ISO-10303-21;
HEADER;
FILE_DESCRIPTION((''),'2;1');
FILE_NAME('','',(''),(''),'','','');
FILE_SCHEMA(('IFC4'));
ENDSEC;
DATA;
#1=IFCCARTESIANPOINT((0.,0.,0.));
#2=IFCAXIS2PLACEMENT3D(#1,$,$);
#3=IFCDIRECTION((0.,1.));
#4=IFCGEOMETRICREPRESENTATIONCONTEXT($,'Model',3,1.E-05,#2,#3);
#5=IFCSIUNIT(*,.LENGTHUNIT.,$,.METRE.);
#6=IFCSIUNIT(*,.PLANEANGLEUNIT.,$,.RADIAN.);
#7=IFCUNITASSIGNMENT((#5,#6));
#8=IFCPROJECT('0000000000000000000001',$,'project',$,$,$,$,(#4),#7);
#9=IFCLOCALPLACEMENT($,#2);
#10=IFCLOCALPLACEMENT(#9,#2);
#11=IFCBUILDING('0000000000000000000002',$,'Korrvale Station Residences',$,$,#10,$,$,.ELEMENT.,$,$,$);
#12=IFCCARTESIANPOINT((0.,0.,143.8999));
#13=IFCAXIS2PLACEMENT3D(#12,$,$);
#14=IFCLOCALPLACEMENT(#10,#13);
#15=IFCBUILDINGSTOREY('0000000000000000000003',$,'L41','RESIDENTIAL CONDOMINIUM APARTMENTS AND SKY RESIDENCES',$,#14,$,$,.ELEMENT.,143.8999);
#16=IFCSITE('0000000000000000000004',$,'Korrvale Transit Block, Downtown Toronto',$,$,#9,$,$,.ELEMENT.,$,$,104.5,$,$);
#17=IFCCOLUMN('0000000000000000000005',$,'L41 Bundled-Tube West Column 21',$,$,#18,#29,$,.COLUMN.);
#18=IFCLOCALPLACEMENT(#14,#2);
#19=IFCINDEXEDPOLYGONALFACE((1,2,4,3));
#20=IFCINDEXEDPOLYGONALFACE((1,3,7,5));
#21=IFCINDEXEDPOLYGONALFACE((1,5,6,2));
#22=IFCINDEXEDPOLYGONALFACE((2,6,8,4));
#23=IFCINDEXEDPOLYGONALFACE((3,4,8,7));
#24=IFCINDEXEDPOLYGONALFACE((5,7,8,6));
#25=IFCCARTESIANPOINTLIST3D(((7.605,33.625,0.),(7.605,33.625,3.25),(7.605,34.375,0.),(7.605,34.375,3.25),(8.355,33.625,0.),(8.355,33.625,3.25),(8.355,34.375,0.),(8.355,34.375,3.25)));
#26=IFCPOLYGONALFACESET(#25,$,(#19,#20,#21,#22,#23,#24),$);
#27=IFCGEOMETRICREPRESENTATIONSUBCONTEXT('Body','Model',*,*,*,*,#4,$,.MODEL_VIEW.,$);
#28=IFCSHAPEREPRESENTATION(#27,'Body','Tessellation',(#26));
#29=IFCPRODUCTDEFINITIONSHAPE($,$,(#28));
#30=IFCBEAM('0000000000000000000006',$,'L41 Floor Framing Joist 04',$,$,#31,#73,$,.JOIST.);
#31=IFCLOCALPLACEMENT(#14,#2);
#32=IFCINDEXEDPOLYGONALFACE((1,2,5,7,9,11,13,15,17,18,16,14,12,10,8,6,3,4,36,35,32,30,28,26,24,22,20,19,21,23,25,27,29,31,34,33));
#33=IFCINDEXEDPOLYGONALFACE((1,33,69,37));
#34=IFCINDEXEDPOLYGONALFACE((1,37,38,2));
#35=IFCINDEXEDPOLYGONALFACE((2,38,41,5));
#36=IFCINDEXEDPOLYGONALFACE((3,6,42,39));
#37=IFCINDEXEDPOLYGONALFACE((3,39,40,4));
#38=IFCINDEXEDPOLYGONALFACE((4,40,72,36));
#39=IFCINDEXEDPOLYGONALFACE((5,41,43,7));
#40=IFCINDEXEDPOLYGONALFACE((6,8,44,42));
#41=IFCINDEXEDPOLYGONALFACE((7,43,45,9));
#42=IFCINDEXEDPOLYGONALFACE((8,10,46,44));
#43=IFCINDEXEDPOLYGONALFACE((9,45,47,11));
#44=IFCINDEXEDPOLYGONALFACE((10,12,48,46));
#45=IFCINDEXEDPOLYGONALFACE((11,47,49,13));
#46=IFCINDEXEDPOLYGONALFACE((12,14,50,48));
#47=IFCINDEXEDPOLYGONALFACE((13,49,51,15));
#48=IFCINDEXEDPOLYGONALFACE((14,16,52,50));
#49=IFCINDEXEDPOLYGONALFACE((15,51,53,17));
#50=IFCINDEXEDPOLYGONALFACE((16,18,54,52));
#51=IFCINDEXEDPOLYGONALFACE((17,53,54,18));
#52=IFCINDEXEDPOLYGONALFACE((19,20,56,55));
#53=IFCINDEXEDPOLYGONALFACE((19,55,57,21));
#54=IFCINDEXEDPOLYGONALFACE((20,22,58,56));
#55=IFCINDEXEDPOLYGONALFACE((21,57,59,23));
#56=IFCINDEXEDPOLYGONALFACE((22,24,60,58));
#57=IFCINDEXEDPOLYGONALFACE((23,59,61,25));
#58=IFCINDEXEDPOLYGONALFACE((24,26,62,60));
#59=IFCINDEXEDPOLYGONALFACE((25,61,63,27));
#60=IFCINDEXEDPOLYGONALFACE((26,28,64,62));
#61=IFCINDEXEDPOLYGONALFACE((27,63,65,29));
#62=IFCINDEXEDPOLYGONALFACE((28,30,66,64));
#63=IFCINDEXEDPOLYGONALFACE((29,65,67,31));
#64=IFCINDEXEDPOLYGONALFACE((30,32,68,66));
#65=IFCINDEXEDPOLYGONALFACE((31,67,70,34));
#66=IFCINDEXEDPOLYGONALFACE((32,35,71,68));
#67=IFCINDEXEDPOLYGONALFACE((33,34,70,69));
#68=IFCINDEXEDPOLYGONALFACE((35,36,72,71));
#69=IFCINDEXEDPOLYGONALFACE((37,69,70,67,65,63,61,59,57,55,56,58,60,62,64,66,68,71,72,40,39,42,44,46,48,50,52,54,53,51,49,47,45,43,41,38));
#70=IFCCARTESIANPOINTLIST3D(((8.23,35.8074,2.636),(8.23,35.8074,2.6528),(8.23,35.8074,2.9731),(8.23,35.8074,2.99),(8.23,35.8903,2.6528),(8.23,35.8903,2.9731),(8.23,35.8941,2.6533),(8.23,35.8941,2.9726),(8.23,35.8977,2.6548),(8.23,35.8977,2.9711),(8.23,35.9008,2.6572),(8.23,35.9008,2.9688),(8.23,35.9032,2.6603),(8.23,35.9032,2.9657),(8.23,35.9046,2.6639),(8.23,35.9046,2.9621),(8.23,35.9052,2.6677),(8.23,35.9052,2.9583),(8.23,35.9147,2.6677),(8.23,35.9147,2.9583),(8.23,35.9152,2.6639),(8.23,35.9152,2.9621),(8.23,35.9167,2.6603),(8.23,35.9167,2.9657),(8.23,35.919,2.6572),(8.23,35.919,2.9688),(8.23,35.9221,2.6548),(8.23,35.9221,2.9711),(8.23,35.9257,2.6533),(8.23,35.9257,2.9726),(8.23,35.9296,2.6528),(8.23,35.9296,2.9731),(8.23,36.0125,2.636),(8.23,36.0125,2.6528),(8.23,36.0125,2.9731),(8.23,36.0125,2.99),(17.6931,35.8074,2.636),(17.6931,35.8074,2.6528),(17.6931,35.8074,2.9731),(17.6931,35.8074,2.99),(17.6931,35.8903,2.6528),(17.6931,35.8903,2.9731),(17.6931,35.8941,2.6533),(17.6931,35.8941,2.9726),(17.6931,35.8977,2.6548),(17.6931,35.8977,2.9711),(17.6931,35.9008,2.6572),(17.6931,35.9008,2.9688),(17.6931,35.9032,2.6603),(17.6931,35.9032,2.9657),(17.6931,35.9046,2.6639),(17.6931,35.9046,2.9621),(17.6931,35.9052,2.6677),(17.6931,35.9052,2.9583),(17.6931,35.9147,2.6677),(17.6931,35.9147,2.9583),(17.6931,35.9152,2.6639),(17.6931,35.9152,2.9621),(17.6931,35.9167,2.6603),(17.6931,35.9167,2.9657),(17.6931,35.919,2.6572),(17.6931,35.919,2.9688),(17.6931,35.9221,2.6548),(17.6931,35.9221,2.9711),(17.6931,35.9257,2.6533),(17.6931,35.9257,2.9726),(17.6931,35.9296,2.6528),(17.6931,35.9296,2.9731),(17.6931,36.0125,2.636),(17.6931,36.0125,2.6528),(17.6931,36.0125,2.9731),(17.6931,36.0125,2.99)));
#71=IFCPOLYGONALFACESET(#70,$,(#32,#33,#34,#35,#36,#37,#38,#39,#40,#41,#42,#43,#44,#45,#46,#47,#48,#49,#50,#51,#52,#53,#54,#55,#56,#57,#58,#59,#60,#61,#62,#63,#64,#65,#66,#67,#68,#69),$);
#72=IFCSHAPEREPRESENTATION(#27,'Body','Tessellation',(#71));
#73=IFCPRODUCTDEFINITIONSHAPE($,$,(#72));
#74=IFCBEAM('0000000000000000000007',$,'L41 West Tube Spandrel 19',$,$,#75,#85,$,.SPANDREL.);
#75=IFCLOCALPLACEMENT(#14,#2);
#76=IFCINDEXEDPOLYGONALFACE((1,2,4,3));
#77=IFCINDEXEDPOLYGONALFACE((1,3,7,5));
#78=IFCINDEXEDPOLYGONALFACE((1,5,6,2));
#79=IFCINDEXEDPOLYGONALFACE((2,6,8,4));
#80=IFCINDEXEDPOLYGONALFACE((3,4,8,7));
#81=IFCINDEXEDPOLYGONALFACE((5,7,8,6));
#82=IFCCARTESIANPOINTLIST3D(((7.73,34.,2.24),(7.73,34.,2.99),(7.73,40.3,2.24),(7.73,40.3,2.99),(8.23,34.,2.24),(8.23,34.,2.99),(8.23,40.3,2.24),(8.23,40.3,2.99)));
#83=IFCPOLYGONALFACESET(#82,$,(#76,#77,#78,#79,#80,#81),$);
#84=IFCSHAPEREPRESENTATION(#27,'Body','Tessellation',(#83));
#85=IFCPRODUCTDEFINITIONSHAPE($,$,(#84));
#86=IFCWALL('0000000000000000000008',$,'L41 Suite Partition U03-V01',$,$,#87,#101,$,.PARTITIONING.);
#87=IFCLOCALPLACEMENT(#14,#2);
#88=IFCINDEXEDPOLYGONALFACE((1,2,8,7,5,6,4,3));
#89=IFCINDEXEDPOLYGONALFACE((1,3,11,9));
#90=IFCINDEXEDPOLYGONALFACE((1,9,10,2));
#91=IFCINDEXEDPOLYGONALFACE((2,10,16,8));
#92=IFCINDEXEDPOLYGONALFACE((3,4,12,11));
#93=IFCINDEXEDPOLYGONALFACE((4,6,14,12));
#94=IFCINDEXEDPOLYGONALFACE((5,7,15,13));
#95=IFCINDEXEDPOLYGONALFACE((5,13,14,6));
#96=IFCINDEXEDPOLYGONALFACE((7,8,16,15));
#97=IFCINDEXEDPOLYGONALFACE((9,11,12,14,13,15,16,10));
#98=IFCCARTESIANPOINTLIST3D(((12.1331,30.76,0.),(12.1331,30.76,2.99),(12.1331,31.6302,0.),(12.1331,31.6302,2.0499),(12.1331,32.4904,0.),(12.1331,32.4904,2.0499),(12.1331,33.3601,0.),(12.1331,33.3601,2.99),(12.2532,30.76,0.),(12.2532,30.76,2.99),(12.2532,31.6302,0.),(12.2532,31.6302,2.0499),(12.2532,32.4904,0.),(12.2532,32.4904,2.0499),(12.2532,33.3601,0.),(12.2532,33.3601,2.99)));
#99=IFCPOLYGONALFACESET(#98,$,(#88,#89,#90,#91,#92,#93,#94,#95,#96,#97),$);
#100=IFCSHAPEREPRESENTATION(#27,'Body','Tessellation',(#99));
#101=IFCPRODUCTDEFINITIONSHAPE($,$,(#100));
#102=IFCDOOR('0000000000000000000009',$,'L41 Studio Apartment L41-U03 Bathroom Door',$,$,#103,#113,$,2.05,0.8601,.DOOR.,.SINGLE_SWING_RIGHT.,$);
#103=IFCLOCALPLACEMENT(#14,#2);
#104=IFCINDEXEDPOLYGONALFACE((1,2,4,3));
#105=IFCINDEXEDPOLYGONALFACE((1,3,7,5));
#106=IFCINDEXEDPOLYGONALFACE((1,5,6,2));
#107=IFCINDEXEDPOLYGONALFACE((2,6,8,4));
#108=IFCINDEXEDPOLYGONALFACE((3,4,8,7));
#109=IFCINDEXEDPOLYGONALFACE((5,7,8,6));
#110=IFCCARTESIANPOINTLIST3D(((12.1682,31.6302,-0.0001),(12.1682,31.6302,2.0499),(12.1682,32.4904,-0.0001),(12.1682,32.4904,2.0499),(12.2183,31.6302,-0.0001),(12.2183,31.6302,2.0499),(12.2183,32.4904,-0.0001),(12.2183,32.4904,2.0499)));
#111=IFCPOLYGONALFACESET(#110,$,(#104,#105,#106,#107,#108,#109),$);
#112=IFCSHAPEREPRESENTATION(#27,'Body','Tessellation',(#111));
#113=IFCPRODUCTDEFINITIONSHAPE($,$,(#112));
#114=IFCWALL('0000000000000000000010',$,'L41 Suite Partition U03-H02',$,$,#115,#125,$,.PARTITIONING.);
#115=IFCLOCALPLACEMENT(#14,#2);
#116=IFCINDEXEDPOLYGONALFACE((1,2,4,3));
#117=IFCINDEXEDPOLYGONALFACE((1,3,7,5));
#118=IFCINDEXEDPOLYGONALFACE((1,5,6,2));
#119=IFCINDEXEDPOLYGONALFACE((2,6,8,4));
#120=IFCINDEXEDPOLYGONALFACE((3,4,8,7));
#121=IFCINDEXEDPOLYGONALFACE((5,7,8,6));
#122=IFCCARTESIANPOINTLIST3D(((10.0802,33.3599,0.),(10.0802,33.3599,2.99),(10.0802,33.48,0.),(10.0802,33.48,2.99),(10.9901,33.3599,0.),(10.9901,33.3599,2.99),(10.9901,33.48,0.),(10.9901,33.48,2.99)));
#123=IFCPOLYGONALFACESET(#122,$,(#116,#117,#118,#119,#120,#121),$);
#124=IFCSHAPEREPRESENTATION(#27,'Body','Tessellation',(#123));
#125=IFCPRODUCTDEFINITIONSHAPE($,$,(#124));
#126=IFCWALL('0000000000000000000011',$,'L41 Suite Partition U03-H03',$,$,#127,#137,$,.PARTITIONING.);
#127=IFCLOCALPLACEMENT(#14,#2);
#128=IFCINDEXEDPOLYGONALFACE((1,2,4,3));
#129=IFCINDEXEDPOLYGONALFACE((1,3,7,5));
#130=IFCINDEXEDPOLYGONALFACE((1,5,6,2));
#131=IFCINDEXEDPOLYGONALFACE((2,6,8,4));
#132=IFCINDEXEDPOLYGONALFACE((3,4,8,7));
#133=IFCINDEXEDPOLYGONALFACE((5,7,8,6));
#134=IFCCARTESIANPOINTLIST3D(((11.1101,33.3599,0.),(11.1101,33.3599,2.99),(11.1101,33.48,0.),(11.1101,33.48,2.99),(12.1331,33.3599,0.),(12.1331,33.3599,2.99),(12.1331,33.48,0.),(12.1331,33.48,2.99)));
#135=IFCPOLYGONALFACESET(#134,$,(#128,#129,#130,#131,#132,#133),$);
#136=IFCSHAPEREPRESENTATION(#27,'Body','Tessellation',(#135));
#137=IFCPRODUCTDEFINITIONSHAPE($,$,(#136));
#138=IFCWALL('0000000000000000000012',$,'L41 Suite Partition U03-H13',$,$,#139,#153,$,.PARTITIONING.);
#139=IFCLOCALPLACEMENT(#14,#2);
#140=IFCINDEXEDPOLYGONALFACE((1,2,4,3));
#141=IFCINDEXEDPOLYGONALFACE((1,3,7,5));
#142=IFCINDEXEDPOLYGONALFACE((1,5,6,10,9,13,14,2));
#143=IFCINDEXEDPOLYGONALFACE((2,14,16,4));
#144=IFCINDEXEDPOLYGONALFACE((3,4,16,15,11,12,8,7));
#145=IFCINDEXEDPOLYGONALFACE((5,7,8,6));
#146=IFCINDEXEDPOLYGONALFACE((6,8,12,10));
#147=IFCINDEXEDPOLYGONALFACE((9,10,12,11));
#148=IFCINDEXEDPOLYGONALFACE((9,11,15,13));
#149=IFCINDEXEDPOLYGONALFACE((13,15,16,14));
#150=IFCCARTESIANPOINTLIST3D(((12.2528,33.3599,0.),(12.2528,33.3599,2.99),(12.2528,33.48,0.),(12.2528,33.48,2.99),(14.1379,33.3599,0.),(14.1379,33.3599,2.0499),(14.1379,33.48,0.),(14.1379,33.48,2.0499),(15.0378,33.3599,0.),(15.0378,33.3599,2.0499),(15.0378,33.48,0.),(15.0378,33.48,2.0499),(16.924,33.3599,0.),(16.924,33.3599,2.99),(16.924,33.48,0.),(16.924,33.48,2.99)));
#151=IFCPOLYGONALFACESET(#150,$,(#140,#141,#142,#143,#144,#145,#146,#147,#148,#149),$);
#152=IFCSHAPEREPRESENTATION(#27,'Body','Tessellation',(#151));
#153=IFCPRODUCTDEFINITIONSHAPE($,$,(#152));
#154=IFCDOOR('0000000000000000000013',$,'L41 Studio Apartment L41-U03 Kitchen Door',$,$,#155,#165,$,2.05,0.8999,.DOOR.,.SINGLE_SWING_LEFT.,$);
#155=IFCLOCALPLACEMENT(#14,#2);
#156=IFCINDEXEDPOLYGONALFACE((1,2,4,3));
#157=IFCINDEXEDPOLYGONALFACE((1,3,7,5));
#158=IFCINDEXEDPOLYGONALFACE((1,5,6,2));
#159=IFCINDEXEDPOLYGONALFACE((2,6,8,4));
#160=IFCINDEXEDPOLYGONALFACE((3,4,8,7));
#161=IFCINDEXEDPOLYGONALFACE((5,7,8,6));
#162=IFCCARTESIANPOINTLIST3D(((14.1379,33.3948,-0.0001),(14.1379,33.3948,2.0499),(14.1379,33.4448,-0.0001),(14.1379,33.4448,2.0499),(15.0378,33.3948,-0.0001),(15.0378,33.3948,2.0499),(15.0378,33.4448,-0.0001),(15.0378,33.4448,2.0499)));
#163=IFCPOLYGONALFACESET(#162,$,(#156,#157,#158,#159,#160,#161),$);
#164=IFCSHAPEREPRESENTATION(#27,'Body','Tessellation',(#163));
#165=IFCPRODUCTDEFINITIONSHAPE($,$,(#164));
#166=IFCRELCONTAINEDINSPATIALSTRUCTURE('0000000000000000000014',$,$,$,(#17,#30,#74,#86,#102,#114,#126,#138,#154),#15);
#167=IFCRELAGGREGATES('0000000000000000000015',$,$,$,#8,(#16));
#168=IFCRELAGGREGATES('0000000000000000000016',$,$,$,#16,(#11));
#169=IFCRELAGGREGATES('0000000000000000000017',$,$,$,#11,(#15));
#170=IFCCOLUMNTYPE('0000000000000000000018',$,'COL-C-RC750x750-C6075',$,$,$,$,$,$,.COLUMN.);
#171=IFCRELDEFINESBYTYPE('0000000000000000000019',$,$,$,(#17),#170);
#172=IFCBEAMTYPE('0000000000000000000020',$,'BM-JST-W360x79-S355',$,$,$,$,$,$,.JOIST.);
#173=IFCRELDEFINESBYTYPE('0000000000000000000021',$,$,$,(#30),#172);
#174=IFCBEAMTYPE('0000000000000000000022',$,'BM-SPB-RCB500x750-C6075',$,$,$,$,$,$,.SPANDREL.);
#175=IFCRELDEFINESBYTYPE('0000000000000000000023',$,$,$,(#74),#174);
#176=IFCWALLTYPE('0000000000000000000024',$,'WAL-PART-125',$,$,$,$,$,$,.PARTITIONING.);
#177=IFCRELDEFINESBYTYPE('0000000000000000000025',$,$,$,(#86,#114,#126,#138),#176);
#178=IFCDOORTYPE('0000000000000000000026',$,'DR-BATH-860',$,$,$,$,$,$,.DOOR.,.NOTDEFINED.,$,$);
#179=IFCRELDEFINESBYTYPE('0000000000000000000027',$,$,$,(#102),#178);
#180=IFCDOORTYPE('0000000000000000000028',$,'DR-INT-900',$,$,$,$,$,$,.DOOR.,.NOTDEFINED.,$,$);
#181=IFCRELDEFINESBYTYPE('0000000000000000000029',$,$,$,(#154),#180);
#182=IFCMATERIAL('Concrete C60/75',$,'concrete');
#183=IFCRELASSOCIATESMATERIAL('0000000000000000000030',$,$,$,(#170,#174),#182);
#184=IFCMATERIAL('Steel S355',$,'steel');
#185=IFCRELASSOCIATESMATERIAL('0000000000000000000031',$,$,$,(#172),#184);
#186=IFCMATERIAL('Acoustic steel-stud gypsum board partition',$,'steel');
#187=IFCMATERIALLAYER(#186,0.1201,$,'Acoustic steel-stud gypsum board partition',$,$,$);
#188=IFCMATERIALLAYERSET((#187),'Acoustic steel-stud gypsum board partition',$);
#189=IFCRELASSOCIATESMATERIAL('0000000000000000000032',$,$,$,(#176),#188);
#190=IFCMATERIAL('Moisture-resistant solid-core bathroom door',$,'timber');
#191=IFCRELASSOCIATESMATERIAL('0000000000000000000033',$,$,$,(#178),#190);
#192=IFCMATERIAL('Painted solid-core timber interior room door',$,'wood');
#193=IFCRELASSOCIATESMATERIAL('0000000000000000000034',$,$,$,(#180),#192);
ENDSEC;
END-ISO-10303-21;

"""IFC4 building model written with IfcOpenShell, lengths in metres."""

from ifc_helpers import new_model, si_unit, direction, frame, frame_2d, origin, origin_2d, place, context, subcontext, project, spatial, rectangle, i_section, extrude, material, layer, layer_set, material_profile, profile_set, type_object, element, fill, save


model = new_model("IFC4")

# Units and contexts
model_context = context("Model", 3, precision=1e-05, world=origin(), true_north=direction((0.0, 1.0)))
body_context = subcontext(model_context, "Body", "Model", "MODEL_VIEW")
ifc_project = project(units=[si_unit("LENGTHUNIT", "METRE"), si_unit("PLANEANGLEUNIT", "RADIAN")], contexts=[model_context])

# Site, building, storey
site_placement = place(None, origin())
site = spatial("IfcSite", under=ifc_project, at=site_placement, Name="Korrvale Transit Block, Downtown Toronto", CompositionType="ELEMENT", RefElevation=104.5)
building_placement = place(site_placement, origin())
building = spatial("IfcBuilding", under=site, at=building_placement, Name="Korrvale Station Residences", CompositionType="ELEMENT")
storey_placement = place(building_placement, frame((0.0, 0.0, 143.8999)))
storey = spatial("IfcBuildingStorey", under=building, at=storey_placement, Name="L41", Description="RESIDENTIAL CONDOMINIUM APARTMENTS AND SKY RESIDENCES", CompositionType="ELEMENT", Elevation=143.8999)

# Column
ifc_material_1 = material(Name="Concrete C60/75", Category="concrete")
ifc_material_profile_1 = material_profile(ifc_material_1, rectangle(XDim=0.75, YDim=0.75, at=origin_2d()), Name="RC750x750")
ifc_profile_set_1 = profile_set([ifc_material_profile_1], Name="Concrete C60/75")
column_type = type_object("IfcColumnType", Name="COL-C-RC750x750-C6075", PredefinedType="COLUMN", material=ifc_profile_set_1)
column_placement = place(storey_placement, frame((7.98, 34.0, 0.0), z_axis=(0.0, 0.0, 1.0), x_axis=(1.0, 0.0, 0.0)))
element("IfcColumn", 1, at=column_placement, inside=storey, type_object=column_type, Name="L41 Bundled-Tube West Column 21", PredefinedType="COLUMN", context=body_context, shape_type="SweptSolid", body=[
    extrude(rectangle(XDim=0.75, YDim=0.75, at=origin_2d()), origin(), (0.0, 0.0, 1.0), 3.25),
])

# Beams
ifc_material_2 = material(Name="Steel S355", Category="steel")
ifc_material_profile_2 = material_profile(ifc_material_2, i_section(OverallWidth=0.2051, OverallDepth=0.354, WebThickness=0.0095, FlangeThickness=0.0168, FilletRadius=0.0149, at=origin_2d()), Name="W360x79")
ifc_profile_set_2 = profile_set([ifc_material_profile_2], Name="Steel S355")
beam_type_1 = type_object("IfcBeamType", Name="BM-JST-W360x79-S355", PredefinedType="JOIST", material=ifc_profile_set_2)
beam_1_placement = place(storey_placement, frame((8.23, 35.9099, 2.813), z_axis=(1.0, 0.0, 0.0), x_axis=(0.0, 1.0, 0.0)))
element("IfcBeam", 2, at=beam_1_placement, inside=storey, type_object=beam_type_1, Name="L41 Floor Framing Joist 04", PredefinedType="JOIST", context=body_context, shape_type="SweptSolid", body=[
    extrude(i_section(OverallWidth=0.2051, OverallDepth=0.354, WebThickness=0.0095, FlangeThickness=0.0168, FilletRadius=0.0149, at=origin_2d()), origin(), (0.0, 0.0, 1.0), 9.4631),
])
ifc_material_profile_3 = material_profile(ifc_material_1, rectangle(XDim=0.5, YDim=0.75, at=origin_2d()), Name="RCB500x750")
ifc_profile_set_3 = profile_set([ifc_material_profile_3], Name="Concrete C60/75")
beam_type_2 = type_object("IfcBeamType", Name="BM-SPB-RCB500x750-C6075", PredefinedType="SPANDREL", material=ifc_profile_set_3)
beam_2_placement = place(storey_placement, frame((7.98, 34.0, 2.615), z_axis=(0.0, 1.0, 0.0), x_axis=(-1.0, 0.0, 0.0)))
element("IfcBeam", 3, at=beam_2_placement, inside=storey, type_object=beam_type_2, Name="L41 West Tube Spandrel 19", PredefinedType="SPANDREL", context=body_context, shape_type="SweptSolid", body=[
    extrude(rectangle(XDim=0.5, YDim=0.75, at=origin_2d()), origin(), (0.0, 0.0, 1.0), 6.3),
])

# Wall, opening, door
ifc_material_3 = material(Name="Acoustic steel-stud gypsum board partition", Category="steel")
ifc_layer_1 = layer(ifc_material_3, 0.1201, Name="Acoustic steel-stud gypsum board partition")
ifc_layer_set_1 = layer_set([ifc_layer_1], Name="Acoustic steel-stud gypsum board partition")
wall_type_1 = type_object("IfcWallType", Name="WAL-PART-125", PredefinedType="PARTITIONING", material=ifc_layer_set_1)
wall_1_placement = place(storey_placement, frame((12.1931, 30.76, 0.0), z_axis=(0.0, 0.0, 1.0), x_axis=(0.0, 1.0, 0.0)))
wall_1 = element("IfcWall", 4, at=wall_1_placement, inside=storey, type_object=wall_type_1, Name="L41 Suite Partition U03-V01", PredefinedType="PARTITIONING", context=body_context, shape_type="SweptSolid", body=[
    extrude(rectangle(XDim=2.6001, YDim=0.1201, at=frame_2d((1.3, 0.0))), origin(), (0.0, 0.0, 1.0), 2.99),
])
opening_1_placement = place(wall_1_placement, frame((0.8701, 0.0, 0.0)))
opening_1 = element("IfcOpeningElement", 5, at=opening_1_placement, cuts=wall_1, PredefinedType="OPENING", context=body_context, shape_type="SweptSolid", body=[
    extrude(rectangle(XDim=0.8601, YDim=2.05, at=frame_2d((0.4302, 1.0249))), frame((0.0, 0.0701, 0.0), z_axis=(0.0, -1.0, 0.0), x_axis=(1.0, 0.0, 0.0)), (0.0, 0.0, 1.0), 0.1401),
])
ifc_material_4 = material(Name="Moisture-resistant solid-core bathroom door", Category="timber")
door_type_1 = type_object("IfcDoorType", Name="DR-BATH-860", OperationType="NOTDEFINED", PredefinedType="DOOR", material=ifc_material_4)
door_1_placement = place(opening_1_placement, origin())
door_1 = element("IfcDoor", 6, at=door_1_placement, inside=storey, type_object=door_type_1, Name="L41 Studio Apartment L41-U03 Bathroom Door", OperationType="SINGLE_SWING_RIGHT", OverallHeight=2.05, OverallWidth=0.8601, PredefinedType="DOOR", context=body_context, shape_type="SweptSolid", body=[
    extrude(rectangle(XDim=0.8601, YDim=2.05, at=frame_2d((0.4302, 1.0249))), frame((0.0, 0.0249, 0.0), z_axis=(0.0, -1.0, 0.0), x_axis=(1.0, 0.0, 0.0)), (0.0, 0.0, 1.0), 0.05),
])
fill(opening_1, door_1)

# Walls
wall_2_placement = place(storey_placement, frame((10.0801, 33.4199, 0.0), z_axis=(0.0, 0.0, 1.0), x_axis=(1.0, 0.0, 0.0)))
element("IfcWall", 7, at=wall_2_placement, inside=storey, type_object=wall_type_1, Name="L41 Suite Partition U03-H02", PredefinedType="PARTITIONING", context=body_context, shape_type="SweptSolid", body=[
    extrude(rectangle(XDim=0.9099, YDim=0.1201, at=frame_2d((0.4551, 0.0))), origin(), (0.0, 0.0, 1.0), 2.99),
])
wall_3_placement = place(storey_placement, frame((11.1101, 33.4199, 0.0), z_axis=(0.0, 0.0, 1.0), x_axis=(1.0, 0.0, 0.0)))
element("IfcWall", 8, at=wall_3_placement, inside=storey, type_object=wall_type_1, Name="L41 Suite Partition U03-H03", PredefinedType="PARTITIONING", context=body_context, shape_type="SweptSolid", body=[
    extrude(rectangle(XDim=1.0229, YDim=0.1201, at=frame_2d((0.5115, 0.0))), origin(), (0.0, 0.0, 1.0), 2.99),
])

# Wall, opening, door
wall_4_placement = place(storey_placement, frame((12.2529, 33.4199, 0.0), z_axis=(0.0, 0.0, 1.0), x_axis=(1.0, 0.0, 0.0)))
wall_4 = element("IfcWall", 9, at=wall_4_placement, inside=storey, type_object=wall_type_1, Name="L41 Suite Partition U03-H13", PredefinedType="PARTITIONING", context=body_context, shape_type="SweptSolid", body=[
    extrude(rectangle(XDim=4.6711, YDim=0.1201, at=frame_2d((2.3354, 0.0))), origin(), (0.0, 0.0, 1.0), 2.99),
])
opening_2_placement = place(wall_4_placement, frame((1.885, 0.0, 0.0)))
opening_2 = element("IfcOpeningElement", 10, at=opening_2_placement, cuts=wall_4, PredefinedType="OPENING", context=body_context, shape_type="SweptSolid", body=[
    extrude(rectangle(XDim=0.8999, YDim=2.05, at=frame_2d((0.45, 1.0249))), frame((0.0, 0.0701, 0.0), z_axis=(0.0, -1.0, 0.0), x_axis=(1.0, 0.0, 0.0)), (0.0, 0.0, 1.0), 0.1401),
])
ifc_material_5 = material(Name="Painted solid-core timber interior room door", Category="wood")
door_type_2 = type_object("IfcDoorType", Name="DR-INT-900", OperationType="NOTDEFINED", PredefinedType="DOOR", material=ifc_material_5)
door_2_placement = place(opening_2_placement, origin())
door_2 = element("IfcDoor", 11, at=door_2_placement, inside=storey, type_object=door_type_2, Name="L41 Studio Apartment L41-U03 Kitchen Door", OperationType="SINGLE_SWING_LEFT", OverallHeight=2.05, OverallWidth=0.8999, PredefinedType="DOOR", context=body_context, shape_type="SweptSolid", body=[
    extrude(rectangle(XDim=0.8999, YDim=2.05, at=frame_2d((0.45, 1.0249))), frame((0.0, 0.0249, 0.0), z_axis=(0.0, -1.0, 0.0), x_axis=(1.0, 0.0, 0.0)), (0.0, 0.0, 1.0), 0.05),
])
fill(opening_2, door_2)

save(model, "model.ifc")
